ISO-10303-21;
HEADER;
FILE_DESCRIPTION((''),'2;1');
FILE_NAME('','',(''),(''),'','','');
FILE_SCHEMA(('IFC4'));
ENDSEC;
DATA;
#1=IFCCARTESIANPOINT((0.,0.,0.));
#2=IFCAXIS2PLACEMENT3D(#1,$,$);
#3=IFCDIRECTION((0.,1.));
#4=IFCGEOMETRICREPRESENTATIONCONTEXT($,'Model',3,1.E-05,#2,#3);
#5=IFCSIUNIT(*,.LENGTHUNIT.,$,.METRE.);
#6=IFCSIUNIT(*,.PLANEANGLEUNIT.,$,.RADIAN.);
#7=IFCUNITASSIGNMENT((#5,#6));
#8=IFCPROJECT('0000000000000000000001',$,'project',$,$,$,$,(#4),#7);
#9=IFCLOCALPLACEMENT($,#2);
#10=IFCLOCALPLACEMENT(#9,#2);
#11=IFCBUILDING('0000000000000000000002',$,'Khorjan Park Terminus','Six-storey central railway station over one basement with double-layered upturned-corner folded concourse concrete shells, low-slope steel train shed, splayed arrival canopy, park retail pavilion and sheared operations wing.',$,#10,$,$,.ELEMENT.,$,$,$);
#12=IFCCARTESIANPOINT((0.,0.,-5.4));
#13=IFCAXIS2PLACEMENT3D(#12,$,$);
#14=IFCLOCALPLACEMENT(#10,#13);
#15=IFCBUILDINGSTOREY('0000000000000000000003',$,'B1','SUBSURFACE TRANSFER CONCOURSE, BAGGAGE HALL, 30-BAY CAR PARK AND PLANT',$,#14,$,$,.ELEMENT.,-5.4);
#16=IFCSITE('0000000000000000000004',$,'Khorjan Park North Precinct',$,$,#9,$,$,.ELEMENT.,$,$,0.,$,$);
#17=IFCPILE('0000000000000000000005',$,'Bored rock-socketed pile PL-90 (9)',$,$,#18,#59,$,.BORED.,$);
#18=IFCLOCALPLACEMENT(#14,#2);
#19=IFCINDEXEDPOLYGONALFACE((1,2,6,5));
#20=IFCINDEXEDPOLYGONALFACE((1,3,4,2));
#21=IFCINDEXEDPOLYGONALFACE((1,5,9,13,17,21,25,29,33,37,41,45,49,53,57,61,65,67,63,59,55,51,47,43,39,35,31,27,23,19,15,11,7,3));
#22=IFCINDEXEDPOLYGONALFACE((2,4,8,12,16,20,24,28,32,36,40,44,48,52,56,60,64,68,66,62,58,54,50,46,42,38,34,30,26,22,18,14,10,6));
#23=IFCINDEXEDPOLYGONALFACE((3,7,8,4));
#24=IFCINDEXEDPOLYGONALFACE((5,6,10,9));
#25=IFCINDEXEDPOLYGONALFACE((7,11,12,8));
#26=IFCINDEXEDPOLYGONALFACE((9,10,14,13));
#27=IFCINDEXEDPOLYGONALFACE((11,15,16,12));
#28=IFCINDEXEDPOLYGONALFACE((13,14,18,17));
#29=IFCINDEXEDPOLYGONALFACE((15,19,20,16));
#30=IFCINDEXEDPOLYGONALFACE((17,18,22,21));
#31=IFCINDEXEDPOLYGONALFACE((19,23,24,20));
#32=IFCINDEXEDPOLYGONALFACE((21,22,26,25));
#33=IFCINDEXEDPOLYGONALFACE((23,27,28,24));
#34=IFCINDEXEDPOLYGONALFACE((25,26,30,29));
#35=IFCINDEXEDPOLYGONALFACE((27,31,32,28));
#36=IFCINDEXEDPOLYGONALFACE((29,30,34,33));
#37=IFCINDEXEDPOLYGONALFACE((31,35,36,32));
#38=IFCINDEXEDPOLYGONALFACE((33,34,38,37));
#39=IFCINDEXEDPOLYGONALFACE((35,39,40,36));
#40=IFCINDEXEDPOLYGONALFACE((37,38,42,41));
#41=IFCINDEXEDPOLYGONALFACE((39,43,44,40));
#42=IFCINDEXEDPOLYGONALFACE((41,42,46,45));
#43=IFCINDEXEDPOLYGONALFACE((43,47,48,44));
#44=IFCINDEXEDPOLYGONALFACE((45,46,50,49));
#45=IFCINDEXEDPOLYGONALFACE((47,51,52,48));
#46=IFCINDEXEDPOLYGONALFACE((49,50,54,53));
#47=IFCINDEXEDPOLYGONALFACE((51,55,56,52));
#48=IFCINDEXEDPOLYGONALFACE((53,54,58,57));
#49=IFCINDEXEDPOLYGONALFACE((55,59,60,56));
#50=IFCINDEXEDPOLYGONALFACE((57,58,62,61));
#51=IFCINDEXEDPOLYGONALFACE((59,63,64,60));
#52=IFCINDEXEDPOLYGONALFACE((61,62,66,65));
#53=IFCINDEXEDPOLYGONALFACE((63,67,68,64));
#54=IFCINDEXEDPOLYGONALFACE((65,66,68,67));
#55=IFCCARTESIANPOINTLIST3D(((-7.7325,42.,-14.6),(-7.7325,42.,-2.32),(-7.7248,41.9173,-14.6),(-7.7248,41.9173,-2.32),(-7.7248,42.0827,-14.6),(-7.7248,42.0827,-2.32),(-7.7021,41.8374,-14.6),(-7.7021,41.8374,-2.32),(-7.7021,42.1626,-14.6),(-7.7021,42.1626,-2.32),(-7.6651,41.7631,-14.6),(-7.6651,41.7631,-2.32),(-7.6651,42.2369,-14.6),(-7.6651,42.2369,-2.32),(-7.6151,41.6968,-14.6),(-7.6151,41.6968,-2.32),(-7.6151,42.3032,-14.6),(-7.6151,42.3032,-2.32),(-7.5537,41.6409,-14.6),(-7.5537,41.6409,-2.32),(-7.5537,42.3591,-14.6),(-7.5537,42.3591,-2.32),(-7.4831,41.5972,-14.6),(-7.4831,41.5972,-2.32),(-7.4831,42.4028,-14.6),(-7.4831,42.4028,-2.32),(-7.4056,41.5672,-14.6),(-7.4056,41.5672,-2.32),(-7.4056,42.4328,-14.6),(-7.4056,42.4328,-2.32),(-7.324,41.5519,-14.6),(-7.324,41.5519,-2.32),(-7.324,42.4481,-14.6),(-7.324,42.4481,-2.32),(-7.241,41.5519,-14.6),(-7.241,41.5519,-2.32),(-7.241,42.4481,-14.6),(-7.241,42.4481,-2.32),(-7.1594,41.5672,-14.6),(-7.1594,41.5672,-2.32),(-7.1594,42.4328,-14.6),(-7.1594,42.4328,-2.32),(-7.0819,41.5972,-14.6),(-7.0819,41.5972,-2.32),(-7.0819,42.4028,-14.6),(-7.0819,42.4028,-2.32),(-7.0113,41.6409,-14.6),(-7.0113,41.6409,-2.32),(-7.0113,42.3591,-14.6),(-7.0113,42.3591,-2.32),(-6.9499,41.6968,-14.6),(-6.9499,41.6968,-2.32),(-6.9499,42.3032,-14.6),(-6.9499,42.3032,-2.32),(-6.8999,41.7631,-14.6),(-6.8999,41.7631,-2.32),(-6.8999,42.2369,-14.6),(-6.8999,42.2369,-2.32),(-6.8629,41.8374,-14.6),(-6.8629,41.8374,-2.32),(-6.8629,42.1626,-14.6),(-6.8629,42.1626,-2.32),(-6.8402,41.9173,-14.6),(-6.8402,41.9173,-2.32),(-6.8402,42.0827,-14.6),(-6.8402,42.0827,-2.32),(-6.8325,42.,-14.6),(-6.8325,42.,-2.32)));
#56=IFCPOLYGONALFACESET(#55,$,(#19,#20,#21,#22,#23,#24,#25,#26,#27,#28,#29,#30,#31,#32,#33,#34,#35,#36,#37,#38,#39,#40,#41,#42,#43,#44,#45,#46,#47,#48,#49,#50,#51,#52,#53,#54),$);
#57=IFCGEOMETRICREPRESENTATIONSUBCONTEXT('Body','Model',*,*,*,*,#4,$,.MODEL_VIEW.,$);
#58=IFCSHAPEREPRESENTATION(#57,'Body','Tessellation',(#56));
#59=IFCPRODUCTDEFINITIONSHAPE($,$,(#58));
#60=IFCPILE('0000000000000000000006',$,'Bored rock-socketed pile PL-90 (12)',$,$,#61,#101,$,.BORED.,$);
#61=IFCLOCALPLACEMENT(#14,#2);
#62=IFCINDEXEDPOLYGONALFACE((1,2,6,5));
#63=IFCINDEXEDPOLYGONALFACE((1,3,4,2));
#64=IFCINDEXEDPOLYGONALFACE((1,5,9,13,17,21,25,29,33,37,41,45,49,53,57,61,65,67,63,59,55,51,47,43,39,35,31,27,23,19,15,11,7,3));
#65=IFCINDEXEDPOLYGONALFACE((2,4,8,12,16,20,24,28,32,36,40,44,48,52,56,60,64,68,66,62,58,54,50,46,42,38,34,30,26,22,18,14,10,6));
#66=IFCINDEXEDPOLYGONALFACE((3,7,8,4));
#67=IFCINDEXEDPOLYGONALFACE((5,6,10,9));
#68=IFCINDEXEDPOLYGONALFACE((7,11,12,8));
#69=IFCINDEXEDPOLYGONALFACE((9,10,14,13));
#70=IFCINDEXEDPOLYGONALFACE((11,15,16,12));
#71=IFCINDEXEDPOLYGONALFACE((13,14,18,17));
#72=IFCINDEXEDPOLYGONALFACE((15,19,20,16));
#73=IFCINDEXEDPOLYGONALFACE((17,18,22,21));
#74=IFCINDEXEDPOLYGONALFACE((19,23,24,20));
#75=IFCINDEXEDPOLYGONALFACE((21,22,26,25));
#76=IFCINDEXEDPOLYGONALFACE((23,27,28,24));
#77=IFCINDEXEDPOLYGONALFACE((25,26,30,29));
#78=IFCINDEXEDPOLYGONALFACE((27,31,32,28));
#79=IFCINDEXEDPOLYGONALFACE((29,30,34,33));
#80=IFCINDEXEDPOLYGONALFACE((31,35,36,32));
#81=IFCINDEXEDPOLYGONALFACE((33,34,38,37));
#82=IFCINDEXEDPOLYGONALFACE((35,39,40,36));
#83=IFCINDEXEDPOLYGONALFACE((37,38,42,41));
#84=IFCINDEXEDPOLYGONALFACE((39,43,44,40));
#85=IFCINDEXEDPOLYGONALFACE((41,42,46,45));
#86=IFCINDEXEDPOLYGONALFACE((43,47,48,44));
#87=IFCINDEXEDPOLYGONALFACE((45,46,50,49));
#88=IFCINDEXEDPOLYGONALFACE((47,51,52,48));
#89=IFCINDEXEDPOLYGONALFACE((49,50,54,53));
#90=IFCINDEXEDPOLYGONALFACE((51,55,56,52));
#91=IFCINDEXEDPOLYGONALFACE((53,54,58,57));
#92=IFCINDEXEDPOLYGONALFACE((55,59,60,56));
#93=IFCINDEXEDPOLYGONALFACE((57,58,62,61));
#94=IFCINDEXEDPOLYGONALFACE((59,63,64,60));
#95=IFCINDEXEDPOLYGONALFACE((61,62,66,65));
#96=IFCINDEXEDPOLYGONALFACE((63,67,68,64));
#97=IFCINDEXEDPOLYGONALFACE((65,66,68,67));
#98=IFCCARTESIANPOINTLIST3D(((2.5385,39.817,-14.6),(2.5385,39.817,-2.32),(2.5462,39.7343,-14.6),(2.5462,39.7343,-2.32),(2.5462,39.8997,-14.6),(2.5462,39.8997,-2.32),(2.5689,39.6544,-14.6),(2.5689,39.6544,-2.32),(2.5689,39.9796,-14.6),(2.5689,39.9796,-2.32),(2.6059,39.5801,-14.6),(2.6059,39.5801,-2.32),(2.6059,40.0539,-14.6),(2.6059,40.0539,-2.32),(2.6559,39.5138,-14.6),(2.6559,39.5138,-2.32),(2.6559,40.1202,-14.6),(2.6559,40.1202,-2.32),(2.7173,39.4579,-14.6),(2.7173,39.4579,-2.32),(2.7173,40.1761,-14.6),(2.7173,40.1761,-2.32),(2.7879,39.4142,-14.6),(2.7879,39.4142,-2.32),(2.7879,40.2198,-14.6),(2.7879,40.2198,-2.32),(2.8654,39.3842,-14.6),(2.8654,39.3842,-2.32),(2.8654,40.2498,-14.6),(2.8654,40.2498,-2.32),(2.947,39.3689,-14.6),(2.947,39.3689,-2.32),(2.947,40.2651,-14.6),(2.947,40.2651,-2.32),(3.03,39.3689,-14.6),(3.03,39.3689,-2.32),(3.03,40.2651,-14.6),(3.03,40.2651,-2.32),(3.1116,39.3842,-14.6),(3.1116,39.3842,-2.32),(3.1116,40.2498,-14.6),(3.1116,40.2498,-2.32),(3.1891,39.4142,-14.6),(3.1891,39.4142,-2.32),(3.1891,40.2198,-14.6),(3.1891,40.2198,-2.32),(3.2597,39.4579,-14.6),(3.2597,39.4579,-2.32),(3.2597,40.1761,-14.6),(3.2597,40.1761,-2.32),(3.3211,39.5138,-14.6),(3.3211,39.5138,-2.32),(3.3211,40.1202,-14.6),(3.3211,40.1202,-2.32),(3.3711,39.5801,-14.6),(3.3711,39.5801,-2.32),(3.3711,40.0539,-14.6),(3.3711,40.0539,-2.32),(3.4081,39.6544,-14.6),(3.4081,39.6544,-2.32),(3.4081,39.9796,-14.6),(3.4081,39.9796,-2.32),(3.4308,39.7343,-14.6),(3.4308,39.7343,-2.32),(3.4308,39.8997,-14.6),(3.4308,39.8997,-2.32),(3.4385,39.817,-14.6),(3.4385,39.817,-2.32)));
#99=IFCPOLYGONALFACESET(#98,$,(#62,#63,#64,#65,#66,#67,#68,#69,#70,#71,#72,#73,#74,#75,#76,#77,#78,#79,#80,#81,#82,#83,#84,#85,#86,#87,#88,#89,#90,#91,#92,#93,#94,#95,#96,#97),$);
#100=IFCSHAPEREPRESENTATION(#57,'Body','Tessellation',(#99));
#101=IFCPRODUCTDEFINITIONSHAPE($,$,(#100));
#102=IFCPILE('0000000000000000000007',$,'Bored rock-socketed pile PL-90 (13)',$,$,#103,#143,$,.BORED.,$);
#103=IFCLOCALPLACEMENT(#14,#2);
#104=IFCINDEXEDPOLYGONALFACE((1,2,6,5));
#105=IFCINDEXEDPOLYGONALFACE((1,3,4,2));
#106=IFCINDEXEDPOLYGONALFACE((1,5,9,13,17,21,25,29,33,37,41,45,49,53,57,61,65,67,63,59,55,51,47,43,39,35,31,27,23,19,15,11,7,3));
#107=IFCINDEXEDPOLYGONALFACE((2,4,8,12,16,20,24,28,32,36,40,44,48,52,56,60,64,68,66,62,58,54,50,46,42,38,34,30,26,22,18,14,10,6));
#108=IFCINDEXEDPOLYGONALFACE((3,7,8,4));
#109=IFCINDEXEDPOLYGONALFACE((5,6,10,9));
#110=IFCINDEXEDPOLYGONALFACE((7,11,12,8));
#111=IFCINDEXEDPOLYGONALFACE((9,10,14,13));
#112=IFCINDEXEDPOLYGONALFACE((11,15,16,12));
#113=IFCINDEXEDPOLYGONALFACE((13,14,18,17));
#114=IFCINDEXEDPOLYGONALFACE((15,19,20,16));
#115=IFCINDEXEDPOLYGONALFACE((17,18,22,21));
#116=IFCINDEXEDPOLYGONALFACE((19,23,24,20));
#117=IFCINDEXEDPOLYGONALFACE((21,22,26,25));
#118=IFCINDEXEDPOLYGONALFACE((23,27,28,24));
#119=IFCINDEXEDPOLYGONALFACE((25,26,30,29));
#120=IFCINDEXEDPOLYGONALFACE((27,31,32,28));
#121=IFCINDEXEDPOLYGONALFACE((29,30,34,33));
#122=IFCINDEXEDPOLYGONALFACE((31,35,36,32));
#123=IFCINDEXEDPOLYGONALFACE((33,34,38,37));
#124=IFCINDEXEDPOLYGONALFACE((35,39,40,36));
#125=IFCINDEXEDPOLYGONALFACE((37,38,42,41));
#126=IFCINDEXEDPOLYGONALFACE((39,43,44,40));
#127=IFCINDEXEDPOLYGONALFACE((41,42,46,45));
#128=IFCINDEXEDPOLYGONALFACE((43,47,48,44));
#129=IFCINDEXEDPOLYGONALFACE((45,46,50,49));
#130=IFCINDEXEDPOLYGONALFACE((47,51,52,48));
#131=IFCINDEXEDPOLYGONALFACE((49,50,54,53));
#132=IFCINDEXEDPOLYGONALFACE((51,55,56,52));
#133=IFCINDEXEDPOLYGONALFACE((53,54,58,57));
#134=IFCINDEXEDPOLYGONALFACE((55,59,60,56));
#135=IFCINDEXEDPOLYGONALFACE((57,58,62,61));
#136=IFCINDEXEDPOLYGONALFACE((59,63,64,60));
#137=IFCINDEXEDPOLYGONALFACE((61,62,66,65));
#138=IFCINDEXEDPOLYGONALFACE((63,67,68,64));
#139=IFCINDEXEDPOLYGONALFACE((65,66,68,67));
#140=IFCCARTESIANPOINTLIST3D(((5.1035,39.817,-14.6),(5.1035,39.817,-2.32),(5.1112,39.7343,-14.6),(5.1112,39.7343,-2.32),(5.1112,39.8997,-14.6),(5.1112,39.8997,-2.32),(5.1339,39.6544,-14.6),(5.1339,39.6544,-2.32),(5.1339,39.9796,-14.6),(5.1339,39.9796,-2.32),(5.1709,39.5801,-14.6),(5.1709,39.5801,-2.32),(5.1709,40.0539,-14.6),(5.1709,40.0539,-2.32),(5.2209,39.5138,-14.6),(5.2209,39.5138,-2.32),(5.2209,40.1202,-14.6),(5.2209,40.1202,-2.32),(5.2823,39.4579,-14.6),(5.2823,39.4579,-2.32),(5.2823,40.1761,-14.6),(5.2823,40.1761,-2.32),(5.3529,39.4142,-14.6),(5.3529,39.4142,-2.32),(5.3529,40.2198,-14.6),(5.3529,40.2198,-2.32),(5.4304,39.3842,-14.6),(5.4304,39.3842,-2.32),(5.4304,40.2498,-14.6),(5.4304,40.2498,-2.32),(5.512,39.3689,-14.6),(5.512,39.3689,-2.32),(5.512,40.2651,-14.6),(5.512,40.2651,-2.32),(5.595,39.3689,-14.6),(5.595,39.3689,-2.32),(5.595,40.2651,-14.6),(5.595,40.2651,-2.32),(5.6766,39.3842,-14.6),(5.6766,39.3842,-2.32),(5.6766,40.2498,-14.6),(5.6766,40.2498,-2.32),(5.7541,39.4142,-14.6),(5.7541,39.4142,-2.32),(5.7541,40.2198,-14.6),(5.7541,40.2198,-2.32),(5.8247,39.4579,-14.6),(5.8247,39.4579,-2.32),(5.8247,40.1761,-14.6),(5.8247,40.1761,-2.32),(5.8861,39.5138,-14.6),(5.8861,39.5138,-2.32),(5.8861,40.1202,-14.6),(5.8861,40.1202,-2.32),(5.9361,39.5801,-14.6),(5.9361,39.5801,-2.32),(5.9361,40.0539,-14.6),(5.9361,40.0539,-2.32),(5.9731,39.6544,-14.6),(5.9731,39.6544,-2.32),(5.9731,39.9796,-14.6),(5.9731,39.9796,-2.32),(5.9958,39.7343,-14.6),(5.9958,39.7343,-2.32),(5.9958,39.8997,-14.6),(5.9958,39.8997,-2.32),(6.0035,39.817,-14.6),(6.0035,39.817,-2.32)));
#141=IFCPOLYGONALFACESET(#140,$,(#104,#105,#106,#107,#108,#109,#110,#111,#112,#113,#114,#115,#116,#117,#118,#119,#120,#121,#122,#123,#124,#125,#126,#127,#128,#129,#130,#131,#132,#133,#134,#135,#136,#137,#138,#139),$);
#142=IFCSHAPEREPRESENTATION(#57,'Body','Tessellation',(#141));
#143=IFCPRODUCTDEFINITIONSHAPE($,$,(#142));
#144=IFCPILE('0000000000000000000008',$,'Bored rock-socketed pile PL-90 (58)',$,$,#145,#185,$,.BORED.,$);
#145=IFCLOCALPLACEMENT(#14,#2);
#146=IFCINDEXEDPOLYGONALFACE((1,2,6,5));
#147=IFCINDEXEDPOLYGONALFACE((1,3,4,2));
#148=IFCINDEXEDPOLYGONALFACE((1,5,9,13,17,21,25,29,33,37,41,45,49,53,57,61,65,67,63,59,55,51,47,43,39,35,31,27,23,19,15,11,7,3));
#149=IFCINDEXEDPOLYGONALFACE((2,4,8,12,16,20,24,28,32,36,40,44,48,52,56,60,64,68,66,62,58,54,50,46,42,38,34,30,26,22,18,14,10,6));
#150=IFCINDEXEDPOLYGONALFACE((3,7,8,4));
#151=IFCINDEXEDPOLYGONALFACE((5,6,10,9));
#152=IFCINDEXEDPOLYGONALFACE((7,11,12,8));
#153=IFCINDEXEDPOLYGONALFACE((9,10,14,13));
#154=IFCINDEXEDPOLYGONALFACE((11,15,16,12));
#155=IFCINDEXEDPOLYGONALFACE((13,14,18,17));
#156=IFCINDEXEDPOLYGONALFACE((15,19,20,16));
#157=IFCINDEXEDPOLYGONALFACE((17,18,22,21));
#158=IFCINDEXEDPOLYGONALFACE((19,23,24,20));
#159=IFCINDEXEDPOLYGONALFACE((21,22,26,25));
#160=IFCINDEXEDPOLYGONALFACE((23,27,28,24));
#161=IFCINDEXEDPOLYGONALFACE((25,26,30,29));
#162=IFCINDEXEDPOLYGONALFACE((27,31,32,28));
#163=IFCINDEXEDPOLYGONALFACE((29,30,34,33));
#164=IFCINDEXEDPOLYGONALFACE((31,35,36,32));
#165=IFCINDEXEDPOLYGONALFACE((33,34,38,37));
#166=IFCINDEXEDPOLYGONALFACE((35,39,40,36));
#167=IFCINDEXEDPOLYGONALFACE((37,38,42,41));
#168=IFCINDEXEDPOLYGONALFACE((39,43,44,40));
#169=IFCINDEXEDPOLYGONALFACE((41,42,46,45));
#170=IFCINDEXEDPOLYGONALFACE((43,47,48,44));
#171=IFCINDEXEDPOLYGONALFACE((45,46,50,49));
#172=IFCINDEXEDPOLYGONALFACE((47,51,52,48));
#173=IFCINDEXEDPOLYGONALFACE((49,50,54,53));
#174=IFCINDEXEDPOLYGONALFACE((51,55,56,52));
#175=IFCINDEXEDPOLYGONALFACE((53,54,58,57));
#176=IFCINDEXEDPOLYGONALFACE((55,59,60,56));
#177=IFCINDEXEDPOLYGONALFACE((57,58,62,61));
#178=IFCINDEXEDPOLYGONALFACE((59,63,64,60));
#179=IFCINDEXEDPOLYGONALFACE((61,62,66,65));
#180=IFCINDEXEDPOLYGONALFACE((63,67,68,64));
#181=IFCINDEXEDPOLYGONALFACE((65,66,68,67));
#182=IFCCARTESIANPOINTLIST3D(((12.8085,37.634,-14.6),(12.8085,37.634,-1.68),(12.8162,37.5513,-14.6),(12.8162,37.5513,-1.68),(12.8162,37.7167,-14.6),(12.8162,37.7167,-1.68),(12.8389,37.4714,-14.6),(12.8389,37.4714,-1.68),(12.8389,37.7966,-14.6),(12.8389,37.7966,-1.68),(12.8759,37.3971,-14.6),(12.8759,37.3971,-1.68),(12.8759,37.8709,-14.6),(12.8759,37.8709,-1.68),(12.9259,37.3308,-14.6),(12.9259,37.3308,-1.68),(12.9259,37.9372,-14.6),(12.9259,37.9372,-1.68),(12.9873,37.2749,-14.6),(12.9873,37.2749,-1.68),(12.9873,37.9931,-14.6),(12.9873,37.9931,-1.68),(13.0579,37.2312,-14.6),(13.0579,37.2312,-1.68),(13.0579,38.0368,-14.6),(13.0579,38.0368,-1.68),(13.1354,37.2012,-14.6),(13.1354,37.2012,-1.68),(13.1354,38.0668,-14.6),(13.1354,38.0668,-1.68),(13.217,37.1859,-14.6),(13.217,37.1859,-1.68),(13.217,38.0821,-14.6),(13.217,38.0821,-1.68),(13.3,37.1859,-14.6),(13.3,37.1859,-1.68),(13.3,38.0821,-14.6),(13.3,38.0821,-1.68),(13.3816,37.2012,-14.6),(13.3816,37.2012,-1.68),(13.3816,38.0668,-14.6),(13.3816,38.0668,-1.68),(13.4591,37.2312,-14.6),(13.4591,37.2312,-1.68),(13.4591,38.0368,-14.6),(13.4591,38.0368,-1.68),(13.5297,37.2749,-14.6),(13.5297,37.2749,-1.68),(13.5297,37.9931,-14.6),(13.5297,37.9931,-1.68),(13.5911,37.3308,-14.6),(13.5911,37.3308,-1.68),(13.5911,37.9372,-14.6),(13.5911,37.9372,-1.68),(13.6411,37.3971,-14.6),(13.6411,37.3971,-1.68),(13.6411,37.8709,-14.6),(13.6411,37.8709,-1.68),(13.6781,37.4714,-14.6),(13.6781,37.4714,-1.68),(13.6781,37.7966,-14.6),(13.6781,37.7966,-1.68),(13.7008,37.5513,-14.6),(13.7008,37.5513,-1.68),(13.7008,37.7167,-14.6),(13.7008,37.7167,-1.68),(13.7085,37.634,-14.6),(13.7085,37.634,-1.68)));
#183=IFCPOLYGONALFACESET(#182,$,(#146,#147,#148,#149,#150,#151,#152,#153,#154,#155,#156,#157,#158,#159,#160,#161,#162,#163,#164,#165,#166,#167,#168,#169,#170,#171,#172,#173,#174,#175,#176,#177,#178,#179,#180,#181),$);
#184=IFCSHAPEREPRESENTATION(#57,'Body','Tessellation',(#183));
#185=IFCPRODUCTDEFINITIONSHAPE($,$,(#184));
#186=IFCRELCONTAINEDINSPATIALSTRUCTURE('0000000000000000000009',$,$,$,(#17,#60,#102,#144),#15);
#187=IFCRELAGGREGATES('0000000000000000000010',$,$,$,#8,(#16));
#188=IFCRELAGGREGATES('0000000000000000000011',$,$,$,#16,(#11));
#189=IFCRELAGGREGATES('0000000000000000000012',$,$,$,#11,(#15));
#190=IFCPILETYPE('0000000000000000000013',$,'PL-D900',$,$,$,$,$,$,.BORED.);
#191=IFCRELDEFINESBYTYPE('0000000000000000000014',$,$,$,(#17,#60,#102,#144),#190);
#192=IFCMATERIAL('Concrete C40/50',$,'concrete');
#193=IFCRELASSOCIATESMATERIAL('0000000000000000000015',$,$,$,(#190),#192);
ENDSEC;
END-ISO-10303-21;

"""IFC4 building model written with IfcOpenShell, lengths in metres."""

from ifc_helpers import new_model, si_unit, direction, frame, origin, origin_2d, place, context, subcontext, project, spatial, circle, extrude, material, material_profile, profile_set, type_object, element, save


model = new_model("IFC4")

# Units and contexts
model_context = context("Model", 3, precision=1e-05, world=origin(), true_north=direction((0.0, 1.0)))
body_context = subcontext(model_context, "Body", "Model", "MODEL_VIEW")
ifc_project = project(units=[si_unit("LENGTHUNIT", "METRE"), si_unit("PLANEANGLEUNIT", "RADIAN")], contexts=[model_context])

# Site, building, storey
site_placement = place(None, origin())
site = spatial("IfcSite", under=ifc_project, at=site_placement, Name="Khorjan Park North Precinct", CompositionType="ELEMENT", RefElevation=0.0)
building_placement = place(site_placement, origin())
building = spatial("IfcBuilding", under=site, at=building_placement, Name="Khorjan Park Terminus", Description="Six-storey central railway station over one basement with double-layered upturned-corner folded concourse concrete shells, low-slope steel train shed, splayed arrival canopy, park retail pavilion and sheared operations wing.", CompositionType="ELEMENT")
storey_placement = place(building_placement, frame((0.0, 0.0, -5.4)))
storey = spatial("IfcBuildingStorey", under=building, at=storey_placement, Name="B1", Description="SUBSURFACE TRANSFER CONCOURSE, BAGGAGE HALL, 30-BAY CAR PARK AND PLANT", CompositionType="ELEMENT", Elevation=-5.4)

# Shared definitions
ifc_material_1 = material(Name="Concrete C40/50", Category="concrete")

# Piles
ifc_material_profile_1 = material_profile(ifc_material_1, circle(Radius=0.45, at=origin_2d()), Name="BORED D900")
ifc_profile_set_1 = profile_set([ifc_material_profile_1], Name="Concrete C40/50")
pile_type_1 = type_object("IfcPileType", Name="PL-D900", PredefinedType="BORED", material=ifc_profile_set_1)
for number, where, z_axis, x_axis, name in (
    (1, (-7.2825, 42.0, -2.32), (0.0, 0.0, -1.0), (1.0, 0.0, 0.0), "Bored rock-socketed pile PL-90 (9)"),
    (2, (2.9885, 39.817, -2.32), (0.0, 0.0, -1.0), (1.0, 0.0, 0.0), "Bored rock-socketed pile PL-90 (12)"),
    (3, (5.5535, 39.817, -2.32), (0.0, 0.0, -1.0), (1.0, 0.0, 0.0), "Bored rock-socketed pile PL-90 (13)"),
):
    element("IfcPile", number, at=place(storey_placement, frame(where, z_axis=z_axis, x_axis=x_axis)), inside=storey, type_object=pile_type_1, Name=name, PredefinedType="BORED", context=body_context, shape_type="SweptSolid", body=[
        extrude(circle(Radius=0.45, at=origin_2d()), origin(), (0.0, 0.0, 1.0), 12.28),
    ])
for number, where, z_axis, x_axis, name in (
    (4, (13.2585, 37.634, -1.68), (0.0, 0.0, -1.0), (1.0, 0.0, 0.0), "Bored rock-socketed pile PL-90 (58)"),
):
    element("IfcPile", number, at=place(storey_placement, frame(where, z_axis=z_axis, x_axis=x_axis)), inside=storey, type_object=pile_type_1, Name=name, PredefinedType="BORED", context=body_context, shape_type="SweptSolid", body=[
        extrude(circle(Radius=0.45, at=origin_2d()), origin(), (0.0, 0.0, 1.0), 12.92),
    ])

save(model, "model.ifc")
